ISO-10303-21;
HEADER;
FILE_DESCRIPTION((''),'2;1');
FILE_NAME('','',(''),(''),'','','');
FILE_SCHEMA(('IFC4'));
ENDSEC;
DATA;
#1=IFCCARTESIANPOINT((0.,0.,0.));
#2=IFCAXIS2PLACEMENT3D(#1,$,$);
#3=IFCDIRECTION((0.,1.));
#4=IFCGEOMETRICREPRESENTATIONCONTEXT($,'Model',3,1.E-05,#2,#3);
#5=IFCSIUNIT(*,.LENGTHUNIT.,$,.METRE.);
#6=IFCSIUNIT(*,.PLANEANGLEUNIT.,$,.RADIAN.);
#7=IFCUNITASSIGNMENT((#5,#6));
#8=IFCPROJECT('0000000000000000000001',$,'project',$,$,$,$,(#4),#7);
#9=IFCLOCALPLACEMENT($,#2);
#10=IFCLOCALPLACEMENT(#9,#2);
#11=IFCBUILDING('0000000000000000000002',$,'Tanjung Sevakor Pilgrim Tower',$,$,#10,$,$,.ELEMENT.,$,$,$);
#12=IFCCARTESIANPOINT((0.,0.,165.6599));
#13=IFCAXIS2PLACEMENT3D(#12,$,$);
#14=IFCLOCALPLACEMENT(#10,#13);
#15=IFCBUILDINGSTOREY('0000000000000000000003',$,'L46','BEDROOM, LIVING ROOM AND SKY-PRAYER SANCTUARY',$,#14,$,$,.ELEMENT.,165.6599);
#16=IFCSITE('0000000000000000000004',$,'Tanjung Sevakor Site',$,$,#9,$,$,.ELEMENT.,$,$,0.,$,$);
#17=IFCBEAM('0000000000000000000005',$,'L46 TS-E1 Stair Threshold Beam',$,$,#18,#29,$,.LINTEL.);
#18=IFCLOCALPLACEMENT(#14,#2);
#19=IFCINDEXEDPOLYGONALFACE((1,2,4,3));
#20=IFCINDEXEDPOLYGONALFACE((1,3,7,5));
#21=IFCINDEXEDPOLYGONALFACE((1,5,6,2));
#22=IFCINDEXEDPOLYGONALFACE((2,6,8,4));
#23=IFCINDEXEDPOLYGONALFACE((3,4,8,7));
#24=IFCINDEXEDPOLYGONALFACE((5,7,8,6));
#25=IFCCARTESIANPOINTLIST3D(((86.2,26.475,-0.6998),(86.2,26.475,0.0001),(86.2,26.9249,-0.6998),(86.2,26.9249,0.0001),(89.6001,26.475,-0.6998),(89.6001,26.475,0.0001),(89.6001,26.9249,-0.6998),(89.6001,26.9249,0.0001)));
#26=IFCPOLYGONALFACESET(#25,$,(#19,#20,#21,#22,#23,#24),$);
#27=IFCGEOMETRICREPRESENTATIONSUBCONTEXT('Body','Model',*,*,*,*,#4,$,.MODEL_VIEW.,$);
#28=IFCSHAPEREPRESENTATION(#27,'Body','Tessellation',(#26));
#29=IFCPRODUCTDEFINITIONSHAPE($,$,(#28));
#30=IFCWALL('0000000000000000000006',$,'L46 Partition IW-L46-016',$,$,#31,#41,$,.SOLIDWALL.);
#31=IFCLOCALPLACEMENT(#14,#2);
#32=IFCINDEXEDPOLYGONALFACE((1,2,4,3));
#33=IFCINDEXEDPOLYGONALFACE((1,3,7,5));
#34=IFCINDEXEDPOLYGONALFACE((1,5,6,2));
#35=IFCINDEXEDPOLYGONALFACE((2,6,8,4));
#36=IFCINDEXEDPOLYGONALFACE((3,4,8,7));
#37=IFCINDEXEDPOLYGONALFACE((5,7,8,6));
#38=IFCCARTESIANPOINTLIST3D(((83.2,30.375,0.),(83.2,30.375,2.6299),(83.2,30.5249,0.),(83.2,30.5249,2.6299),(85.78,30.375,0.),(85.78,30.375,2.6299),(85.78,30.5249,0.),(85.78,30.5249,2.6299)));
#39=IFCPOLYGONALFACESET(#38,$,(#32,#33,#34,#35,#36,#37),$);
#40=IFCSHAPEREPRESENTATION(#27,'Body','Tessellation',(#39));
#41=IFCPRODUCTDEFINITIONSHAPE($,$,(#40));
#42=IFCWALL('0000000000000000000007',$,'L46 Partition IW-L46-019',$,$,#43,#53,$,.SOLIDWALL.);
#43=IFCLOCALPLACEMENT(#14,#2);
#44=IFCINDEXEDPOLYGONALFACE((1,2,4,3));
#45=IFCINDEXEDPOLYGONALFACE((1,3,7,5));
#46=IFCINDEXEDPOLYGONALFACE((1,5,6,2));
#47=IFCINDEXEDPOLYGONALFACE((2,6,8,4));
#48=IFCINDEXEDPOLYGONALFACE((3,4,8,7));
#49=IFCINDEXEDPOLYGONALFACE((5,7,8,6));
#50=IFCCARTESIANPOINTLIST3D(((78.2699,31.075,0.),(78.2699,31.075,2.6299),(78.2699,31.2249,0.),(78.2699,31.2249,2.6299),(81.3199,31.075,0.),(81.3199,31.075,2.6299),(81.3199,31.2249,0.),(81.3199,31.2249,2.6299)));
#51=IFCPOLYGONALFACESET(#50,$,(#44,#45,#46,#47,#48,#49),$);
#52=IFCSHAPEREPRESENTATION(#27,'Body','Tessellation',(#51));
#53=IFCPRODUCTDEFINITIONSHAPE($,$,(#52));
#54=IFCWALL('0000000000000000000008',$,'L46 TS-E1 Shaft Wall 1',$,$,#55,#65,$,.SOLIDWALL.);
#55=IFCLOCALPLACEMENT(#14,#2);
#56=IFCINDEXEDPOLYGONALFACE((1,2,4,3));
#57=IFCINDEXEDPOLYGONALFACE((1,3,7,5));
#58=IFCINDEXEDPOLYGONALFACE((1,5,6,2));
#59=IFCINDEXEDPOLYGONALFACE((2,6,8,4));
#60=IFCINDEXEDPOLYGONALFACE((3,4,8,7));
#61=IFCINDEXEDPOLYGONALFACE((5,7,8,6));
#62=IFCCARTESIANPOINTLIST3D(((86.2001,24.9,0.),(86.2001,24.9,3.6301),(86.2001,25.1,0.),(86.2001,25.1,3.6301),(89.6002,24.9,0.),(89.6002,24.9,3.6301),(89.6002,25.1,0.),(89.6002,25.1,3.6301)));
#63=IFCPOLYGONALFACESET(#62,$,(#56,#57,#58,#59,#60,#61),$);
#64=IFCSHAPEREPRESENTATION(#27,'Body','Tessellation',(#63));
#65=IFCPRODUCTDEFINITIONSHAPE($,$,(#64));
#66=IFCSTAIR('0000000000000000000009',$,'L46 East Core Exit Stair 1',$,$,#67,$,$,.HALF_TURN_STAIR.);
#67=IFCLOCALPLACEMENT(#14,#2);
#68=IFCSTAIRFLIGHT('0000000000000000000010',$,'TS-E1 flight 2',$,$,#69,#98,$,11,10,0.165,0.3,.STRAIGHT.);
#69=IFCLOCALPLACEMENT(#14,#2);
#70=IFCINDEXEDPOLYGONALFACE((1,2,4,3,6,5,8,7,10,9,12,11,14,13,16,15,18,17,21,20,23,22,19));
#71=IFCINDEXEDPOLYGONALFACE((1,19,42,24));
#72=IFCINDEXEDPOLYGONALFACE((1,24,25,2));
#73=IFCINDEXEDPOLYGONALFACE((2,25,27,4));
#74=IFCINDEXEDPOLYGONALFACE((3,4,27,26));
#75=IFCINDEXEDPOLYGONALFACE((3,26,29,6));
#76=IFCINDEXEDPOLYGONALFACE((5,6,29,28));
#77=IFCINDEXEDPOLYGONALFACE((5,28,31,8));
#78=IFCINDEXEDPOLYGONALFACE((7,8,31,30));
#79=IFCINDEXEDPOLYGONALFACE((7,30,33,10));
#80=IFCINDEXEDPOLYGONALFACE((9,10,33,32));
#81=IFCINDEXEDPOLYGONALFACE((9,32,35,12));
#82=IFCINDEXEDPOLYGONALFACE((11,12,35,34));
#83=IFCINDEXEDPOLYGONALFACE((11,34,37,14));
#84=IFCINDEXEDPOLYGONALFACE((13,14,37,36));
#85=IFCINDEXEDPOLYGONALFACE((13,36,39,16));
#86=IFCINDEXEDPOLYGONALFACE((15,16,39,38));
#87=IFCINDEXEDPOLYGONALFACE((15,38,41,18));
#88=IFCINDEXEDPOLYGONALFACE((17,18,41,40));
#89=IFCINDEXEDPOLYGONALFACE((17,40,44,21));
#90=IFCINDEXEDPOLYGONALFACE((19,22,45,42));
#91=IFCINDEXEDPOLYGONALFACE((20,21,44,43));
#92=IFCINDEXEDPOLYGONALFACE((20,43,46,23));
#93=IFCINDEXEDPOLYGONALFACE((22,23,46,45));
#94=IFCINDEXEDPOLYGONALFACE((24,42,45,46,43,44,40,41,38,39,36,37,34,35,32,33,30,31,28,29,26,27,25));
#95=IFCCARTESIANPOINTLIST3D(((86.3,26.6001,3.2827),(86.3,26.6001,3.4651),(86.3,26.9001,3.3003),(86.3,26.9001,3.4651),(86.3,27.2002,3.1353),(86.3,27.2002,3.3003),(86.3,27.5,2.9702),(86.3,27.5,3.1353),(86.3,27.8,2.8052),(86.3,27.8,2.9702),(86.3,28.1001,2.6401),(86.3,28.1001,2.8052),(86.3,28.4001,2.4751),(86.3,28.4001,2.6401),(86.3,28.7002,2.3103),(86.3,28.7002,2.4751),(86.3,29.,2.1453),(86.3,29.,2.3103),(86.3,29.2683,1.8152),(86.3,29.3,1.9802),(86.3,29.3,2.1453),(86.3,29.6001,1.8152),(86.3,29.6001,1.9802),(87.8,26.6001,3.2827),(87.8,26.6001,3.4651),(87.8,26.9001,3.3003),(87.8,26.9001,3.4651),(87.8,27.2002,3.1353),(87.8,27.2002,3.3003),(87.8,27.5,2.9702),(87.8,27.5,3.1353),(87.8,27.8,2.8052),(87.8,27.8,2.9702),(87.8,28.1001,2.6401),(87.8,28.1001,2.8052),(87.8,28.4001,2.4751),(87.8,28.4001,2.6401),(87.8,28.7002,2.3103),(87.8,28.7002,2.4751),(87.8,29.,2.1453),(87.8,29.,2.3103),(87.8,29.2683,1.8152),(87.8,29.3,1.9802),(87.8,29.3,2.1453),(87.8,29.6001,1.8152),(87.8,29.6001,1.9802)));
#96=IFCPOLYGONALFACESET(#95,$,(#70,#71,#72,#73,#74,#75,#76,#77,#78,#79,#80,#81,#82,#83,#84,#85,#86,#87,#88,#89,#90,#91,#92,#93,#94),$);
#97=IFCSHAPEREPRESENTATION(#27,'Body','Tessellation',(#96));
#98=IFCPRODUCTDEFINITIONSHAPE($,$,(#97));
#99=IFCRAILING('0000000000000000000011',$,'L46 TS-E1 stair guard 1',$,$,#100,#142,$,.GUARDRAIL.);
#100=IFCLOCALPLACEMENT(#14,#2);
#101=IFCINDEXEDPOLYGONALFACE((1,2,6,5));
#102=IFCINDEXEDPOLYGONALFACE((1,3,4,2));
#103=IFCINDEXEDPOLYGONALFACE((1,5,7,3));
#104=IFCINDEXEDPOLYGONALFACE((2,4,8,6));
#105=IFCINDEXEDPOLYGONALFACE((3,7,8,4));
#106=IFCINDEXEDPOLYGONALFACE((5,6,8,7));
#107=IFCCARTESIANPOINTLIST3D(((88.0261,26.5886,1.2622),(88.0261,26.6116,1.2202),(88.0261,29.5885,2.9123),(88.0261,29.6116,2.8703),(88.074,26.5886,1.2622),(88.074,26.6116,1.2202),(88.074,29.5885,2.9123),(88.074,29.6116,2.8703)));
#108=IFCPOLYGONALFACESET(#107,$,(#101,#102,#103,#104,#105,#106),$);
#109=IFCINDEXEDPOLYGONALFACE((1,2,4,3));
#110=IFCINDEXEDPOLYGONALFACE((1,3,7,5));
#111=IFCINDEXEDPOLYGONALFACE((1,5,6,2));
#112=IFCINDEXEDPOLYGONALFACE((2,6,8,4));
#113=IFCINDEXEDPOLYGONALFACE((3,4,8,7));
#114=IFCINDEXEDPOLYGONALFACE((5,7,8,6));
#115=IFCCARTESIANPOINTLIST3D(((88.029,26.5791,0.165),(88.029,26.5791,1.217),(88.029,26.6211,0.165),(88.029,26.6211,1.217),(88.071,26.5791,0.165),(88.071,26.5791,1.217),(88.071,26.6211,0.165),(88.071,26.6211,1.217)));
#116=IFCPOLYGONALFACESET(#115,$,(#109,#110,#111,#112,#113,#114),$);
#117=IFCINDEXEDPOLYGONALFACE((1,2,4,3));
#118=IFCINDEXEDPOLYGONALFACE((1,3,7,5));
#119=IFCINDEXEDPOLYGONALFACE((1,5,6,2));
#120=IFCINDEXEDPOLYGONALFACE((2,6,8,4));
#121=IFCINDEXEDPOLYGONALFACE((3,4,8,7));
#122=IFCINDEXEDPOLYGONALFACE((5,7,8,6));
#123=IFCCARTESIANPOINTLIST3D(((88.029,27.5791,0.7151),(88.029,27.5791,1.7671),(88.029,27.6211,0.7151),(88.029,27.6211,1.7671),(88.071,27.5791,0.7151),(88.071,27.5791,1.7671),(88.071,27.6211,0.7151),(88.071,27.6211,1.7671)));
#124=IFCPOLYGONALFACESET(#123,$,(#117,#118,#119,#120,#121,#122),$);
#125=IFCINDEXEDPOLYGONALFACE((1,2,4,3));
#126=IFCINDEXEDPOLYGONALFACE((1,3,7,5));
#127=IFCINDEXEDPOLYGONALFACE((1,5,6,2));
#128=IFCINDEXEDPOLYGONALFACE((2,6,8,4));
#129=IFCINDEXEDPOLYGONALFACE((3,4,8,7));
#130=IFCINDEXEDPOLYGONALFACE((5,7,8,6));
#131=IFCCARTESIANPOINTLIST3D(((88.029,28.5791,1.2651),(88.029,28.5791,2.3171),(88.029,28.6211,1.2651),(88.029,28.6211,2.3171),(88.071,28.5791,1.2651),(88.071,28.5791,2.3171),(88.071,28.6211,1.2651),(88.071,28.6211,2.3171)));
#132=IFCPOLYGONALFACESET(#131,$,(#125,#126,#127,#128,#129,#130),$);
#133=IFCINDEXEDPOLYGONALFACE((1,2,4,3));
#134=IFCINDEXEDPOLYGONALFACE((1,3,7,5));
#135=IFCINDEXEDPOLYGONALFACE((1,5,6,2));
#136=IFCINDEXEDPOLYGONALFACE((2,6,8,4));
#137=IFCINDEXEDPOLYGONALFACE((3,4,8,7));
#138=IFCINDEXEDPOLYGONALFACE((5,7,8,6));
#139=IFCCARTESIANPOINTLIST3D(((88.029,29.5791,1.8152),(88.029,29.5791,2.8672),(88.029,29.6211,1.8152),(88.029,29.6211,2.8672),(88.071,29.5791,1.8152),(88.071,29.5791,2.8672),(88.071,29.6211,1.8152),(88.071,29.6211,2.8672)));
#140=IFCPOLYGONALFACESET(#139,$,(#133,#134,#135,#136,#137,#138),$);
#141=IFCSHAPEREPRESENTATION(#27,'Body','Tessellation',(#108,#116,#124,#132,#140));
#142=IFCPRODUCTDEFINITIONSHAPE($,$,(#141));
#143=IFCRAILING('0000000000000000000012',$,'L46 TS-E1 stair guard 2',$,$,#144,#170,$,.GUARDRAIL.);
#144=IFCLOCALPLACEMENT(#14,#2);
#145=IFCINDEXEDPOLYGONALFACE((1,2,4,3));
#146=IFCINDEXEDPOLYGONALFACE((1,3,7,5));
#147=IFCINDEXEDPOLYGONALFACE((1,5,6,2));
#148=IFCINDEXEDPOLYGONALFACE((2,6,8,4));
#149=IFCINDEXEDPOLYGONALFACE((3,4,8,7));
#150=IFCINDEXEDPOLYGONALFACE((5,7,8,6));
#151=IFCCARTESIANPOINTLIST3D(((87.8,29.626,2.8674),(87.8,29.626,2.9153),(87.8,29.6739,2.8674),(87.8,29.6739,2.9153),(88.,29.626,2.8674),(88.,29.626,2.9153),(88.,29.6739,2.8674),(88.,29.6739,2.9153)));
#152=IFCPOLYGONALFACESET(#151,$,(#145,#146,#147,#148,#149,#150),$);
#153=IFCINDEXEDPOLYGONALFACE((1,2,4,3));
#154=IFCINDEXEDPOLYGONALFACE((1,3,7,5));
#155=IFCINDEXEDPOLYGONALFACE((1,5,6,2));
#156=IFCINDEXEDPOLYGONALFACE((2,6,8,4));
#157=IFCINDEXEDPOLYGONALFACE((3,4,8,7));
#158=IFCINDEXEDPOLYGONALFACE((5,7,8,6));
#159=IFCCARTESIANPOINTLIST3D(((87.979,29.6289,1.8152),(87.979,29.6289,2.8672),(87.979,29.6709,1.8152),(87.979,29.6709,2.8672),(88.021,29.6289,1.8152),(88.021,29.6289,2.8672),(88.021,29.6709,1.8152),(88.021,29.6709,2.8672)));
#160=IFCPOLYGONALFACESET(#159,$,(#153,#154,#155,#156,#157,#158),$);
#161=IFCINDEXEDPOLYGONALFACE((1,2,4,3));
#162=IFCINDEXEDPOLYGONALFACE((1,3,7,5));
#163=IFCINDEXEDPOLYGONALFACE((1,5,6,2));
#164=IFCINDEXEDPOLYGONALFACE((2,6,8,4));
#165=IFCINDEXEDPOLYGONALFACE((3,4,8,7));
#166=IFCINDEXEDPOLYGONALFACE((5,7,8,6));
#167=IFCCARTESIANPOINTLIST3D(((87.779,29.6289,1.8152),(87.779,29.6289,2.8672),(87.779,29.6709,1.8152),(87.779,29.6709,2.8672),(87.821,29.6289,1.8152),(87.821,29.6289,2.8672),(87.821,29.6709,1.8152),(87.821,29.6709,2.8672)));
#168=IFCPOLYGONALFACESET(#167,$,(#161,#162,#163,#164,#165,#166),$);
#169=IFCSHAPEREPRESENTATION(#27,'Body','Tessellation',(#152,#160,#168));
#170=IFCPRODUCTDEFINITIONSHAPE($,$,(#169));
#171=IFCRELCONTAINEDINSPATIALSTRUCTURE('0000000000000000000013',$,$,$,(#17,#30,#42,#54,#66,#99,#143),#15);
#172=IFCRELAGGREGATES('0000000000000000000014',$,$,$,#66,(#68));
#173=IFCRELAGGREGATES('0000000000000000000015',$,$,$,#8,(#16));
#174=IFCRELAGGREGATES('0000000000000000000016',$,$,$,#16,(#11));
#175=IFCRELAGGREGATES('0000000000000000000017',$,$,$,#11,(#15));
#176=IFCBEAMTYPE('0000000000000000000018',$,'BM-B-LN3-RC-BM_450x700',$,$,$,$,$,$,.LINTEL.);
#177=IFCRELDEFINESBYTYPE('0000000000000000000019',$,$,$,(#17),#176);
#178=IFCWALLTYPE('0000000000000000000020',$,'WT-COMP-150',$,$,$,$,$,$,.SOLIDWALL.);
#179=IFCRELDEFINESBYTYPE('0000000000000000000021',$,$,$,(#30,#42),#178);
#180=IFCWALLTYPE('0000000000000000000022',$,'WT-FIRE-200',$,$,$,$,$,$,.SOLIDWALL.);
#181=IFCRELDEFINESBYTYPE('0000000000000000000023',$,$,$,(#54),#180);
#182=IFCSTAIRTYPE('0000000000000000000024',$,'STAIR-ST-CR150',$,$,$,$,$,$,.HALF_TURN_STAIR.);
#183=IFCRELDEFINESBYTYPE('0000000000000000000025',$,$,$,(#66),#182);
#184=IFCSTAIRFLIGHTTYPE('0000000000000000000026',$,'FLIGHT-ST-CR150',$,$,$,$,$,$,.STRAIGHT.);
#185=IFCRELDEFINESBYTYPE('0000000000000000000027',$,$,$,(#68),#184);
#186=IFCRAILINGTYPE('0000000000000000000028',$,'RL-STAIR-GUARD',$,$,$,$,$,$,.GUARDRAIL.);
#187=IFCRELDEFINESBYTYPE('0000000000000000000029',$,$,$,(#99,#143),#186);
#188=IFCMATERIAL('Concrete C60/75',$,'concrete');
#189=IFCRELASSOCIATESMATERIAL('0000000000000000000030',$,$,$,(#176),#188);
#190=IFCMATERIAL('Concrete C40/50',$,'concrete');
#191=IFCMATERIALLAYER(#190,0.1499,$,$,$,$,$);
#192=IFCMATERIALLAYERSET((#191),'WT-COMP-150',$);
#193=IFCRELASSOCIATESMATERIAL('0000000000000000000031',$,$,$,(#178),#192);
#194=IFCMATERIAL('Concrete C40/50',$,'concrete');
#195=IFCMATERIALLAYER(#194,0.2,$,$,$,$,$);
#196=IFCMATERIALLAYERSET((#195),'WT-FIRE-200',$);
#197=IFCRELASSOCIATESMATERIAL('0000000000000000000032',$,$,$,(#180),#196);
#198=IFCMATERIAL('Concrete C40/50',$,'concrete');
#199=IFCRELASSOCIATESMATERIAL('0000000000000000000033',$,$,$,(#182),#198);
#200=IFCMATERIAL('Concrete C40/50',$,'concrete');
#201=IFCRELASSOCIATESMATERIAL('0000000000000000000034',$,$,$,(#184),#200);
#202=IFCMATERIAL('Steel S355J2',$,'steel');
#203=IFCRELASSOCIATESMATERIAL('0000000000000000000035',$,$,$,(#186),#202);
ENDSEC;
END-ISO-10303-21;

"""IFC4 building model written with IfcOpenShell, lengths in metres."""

from ifc_helpers import new_model, si_unit, direction, frame, frame_2d, origin, origin_2d, place, context, subcontext, project, spatial, polyline, rectangle, outline, extrude, material, layer, layer_set, material_profile, profile_set, type_object, element, aggregate, save


model = new_model("IFC4")

# Units and contexts
model_context = context("Model", 3, precision=1e-05, world=origin(), true_north=direction((0.0, 1.0)))
body_context = subcontext(model_context, "Body", "Model", "MODEL_VIEW")
ifc_project = project(units=[si_unit("LENGTHUNIT", "METRE"), si_unit("PLANEANGLEUNIT", "RADIAN")], contexts=[model_context])

# Site, building, storey
site_placement = place(None, origin())
site = spatial("IfcSite", under=ifc_project, at=site_placement, Name="Tanjung Sevakor Site", CompositionType="ELEMENT", RefElevation=0.0)
building_placement = place(site_placement, origin())
building = spatial("IfcBuilding", under=site, at=building_placement, Name="Tanjung Sevakor Pilgrim Tower", CompositionType="ELEMENT")
storey_placement = place(building_placement, frame((0.0, 0.0, 165.6599)))
storey = spatial("IfcBuildingStorey", under=building, at=storey_placement, Name="L46", Description="BEDROOM, LIVING ROOM AND SKY-PRAYER SANCTUARY", CompositionType="ELEMENT", Elevation=165.6599)

# Beam
ifc_material_1 = material(Name="Concrete C60/75", Category="concrete")
ifc_material_profile = material_profile(ifc_material_1, rectangle(XDim=0.45, YDim=0.7, at=origin_2d()))
ifc_profile_set = profile_set([ifc_material_profile], Name="Concrete C60/75")
beam_type = type_object("IfcBeamType", Name="BM-B-LN3-RC-BM_450x700", PredefinedType="LINTEL", material=ifc_profile_set)
beam_placement = place(storey_placement, frame((86.2, 26.7, -0.3499), z_axis=(1.0, 0.0, 0.0), x_axis=(0.0, 1.0, 0.0)))
element("IfcBeam", 1, at=beam_placement, inside=storey, type_object=beam_type, Name="L46 TS-E1 Stair Threshold Beam", PredefinedType="LINTEL", context=body_context, shape_type="SweptSolid", body=[
    extrude(rectangle(XDim=0.45, YDim=0.7, at=origin_2d()), origin(), (0.0, 0.0, 1.0), 3.4001),
])

# Wall
ifc_material_2 = material(Name="Concrete C40/50", Category="concrete")
ifc_layer_1 = layer(ifc_material_2, 0.1499)
ifc_layer_set_1 = layer_set([ifc_layer_1], Name="WT-COMP-150")
wall_type_1 = type_object("IfcWallType", Name="WT-COMP-150", PredefinedType="SOLIDWALL", material=ifc_layer_set_1)
wall_1_placement = place(storey_placement, frame((83.2, 30.45, 0.0), z_axis=(0.0, 0.0, 1.0), x_axis=(1.0, 0.0, 0.0)))
element("IfcWall", 2, at=wall_1_placement, inside=storey, type_object=wall_type_1, Name="L46 Partition IW-L46-016", PredefinedType="SOLIDWALL", context=body_context, shape_type="SweptSolid", body=[
    extrude(rectangle(XDim=2.5801, YDim=0.1499, at=frame_2d((1.29, 0.0))), origin(), (0.0, 0.0, 1.0), 2.6299),
])

# Wall
wall_2_placement = place(storey_placement, frame((78.27, 31.1499, 0.0), z_axis=(0.0, 0.0, 1.0), x_axis=(1.0, 0.0, 0.0)))
element("IfcWall", 3, at=wall_2_placement, inside=storey, type_object=wall_type_1, Name="L46 Partition IW-L46-019", PredefinedType="SOLIDWALL", context=body_context, shape_type="SweptSolid", body=[
    extrude(rectangle(XDim=3.05, YDim=0.1499, at=frame_2d((1.5249, 0.0))), origin(), (0.0, 0.0, 1.0), 2.6299),
])

# Wall
ifc_material_3 = material(Name="Concrete C40/50", Category="concrete")
ifc_layer_2 = layer(ifc_material_3, 0.2)
ifc_layer_set_2 = layer_set([ifc_layer_2], Name="WT-FIRE-200")
wall_type_2 = type_object("IfcWallType", Name="WT-FIRE-200", PredefinedType="SOLIDWALL", material=ifc_layer_set_2)
wall_3_placement = place(storey_placement, frame((86.2, 25.0, 0.0), z_axis=(0.0, 0.0, 1.0), x_axis=(1.0, 0.0, 0.0)))
element("IfcWall", 4, at=wall_3_placement, inside=storey, type_object=wall_type_2, Name="L46 TS-E1 Shaft Wall 1", PredefinedType="SOLIDWALL", context=body_context, shape_type="SweptSolid", body=[
    extrude(rectangle(XDim=3.4001, YDim=0.2, at=frame_2d((1.7002, 0.0))), origin(), (0.0, 0.0, 1.0), 3.6301),
])

# Stair, stair flight
ifc_material_4 = material(Name="Concrete C40/50", Category="concrete")
stair_type = type_object("IfcStairType", Name="STAIR-ST-CR150", PredefinedType="HALF_TURN_STAIR", material=ifc_material_4)
stair_placement = place(storey_placement, origin())
stair = element("IfcStair", 5, at=stair_placement, inside=storey, type_object=stair_type, Name="L46 East Core Exit Stair 1", PredefinedType="HALF_TURN_STAIR")
ifc_material_5 = material(Name="Concrete C40/50", Category="concrete")
stair_flight_type = type_object("IfcStairFlightType", Name="FLIGHT-ST-CR150", PredefinedType="STRAIGHT", material=ifc_material_5)
stair_flight_placement = place(storey_placement, frame((87.05, 29.6001, 1.8152), z_axis=(0.0, 0.0, 1.0), x_axis=(0.0, -1.0, 0.0)))
stair_flight = element("IfcStairFlight", 6, at=stair_flight_placement, type_object=stair_flight_type, Name="TS-E1 flight 2", NumberOfRisers=11, NumberOfTreads=10, PredefinedType="STRAIGHT", RiserHeight=0.165, TreadLength=0.3, context=body_context, shape_type="SweptSolid", body=[
    extrude(outline(polyline([(0.0, 0.0), (0.0, 0.165), (0.3, 0.165), (0.3, 0.3301), (0.6001, 0.3301), (0.6001, 0.4951), (0.8999, 0.4951), (0.8999, 0.6599), (1.2, 0.6599), (1.2, 0.825), (1.5, 0.825), (1.5, 0.99), (1.8, 0.99), (1.8, 1.155), (2.1001, 1.155), (2.1001, 1.3201), (2.3999, 1.3201), (2.3999, 1.4851), (2.7, 1.4851), (2.7, 1.6499), (3.0, 1.6499), (3.0, 1.8149), (3.0, 1.4675), (0.3318, 0.0), (0.0, 0.0)])), frame((0.0, 0.75, 0.0), z_axis=(0.0, -1.0, 0.0), x_axis=(1.0, 0.0, 0.0)), (0.0, 0.0, 1.0), 1.5),
])
aggregate(stair, [stair_flight])

# Railings
ifc_material_6 = material(Name="Steel S355J2", Category="steel")
railing_type_1 = type_object("IfcRailingType", Name="RL-STAIR-GUARD", PredefinedType="GUARDRAIL", material=ifc_material_6)
railing_1_placement = place(storey_placement, frame((88.05, 26.6001, 0.165)))
element("IfcRailing", 7, at=railing_1_placement, inside=storey, type_object=railing_type_1, Name="L46 TS-E1 stair guard 1", PredefinedType="GUARDRAIL", context=body_context, shape_type="SweptSolid", body=[
    extrude(rectangle(XDim=0.0479, YDim=0.0479), frame((0.0, 0.0, 1.0762), z_axis=(0.0, 0.876198, 0.481952), x_axis=(-1.0, 0.0, 0.0)), (0.0, 0.0, 1.0), 3.4238),
    extrude(rectangle(XDim=0.042, YDim=0.042), origin(), (0.0, 0.0, 1.0), 1.052),
    extrude(rectangle(XDim=0.042, YDim=0.042), frame((0.0, 1.0, 0.55)), (0.0, 0.0, 1.0), 1.052),
    extrude(rectangle(XDim=0.042, YDim=0.042), frame((0.0, 2.0, 1.1001)), (0.0, 0.0, 1.0), 1.052),
    extrude(rectangle(XDim=0.042, YDim=0.042), frame((0.0, 3.0, 1.6501)), (0.0, 0.0, 1.0), 1.052),
])
railing_2_placement = place(storey_placement, frame((88.0, 29.6499, 1.8152)))
element("IfcRailing", 8, at=railing_2_placement, inside=storey, type_object=railing_type_1, Name="L46 TS-E1 stair guard 2", PredefinedType="GUARDRAIL", context=body_context, shape_type="SweptSolid", body=[
    extrude(rectangle(XDim=0.0479, YDim=0.0479), frame((0.0, 0.0, 1.0762), z_axis=(-1.0, 0.0, 0.0), x_axis=(0.0, -1.0, 0.0)), (0.0, 0.0, 1.0), 0.2),
    extrude(rectangle(XDim=0.042, YDim=0.042), origin(), (0.0, 0.0, 1.0), 1.052),
    extrude(rectangle(XDim=0.042, YDim=0.042), frame((-0.2, 0.0, 0.0)), (0.0, 0.0, 1.0), 1.052),
])

save(model, "model.ifc")
